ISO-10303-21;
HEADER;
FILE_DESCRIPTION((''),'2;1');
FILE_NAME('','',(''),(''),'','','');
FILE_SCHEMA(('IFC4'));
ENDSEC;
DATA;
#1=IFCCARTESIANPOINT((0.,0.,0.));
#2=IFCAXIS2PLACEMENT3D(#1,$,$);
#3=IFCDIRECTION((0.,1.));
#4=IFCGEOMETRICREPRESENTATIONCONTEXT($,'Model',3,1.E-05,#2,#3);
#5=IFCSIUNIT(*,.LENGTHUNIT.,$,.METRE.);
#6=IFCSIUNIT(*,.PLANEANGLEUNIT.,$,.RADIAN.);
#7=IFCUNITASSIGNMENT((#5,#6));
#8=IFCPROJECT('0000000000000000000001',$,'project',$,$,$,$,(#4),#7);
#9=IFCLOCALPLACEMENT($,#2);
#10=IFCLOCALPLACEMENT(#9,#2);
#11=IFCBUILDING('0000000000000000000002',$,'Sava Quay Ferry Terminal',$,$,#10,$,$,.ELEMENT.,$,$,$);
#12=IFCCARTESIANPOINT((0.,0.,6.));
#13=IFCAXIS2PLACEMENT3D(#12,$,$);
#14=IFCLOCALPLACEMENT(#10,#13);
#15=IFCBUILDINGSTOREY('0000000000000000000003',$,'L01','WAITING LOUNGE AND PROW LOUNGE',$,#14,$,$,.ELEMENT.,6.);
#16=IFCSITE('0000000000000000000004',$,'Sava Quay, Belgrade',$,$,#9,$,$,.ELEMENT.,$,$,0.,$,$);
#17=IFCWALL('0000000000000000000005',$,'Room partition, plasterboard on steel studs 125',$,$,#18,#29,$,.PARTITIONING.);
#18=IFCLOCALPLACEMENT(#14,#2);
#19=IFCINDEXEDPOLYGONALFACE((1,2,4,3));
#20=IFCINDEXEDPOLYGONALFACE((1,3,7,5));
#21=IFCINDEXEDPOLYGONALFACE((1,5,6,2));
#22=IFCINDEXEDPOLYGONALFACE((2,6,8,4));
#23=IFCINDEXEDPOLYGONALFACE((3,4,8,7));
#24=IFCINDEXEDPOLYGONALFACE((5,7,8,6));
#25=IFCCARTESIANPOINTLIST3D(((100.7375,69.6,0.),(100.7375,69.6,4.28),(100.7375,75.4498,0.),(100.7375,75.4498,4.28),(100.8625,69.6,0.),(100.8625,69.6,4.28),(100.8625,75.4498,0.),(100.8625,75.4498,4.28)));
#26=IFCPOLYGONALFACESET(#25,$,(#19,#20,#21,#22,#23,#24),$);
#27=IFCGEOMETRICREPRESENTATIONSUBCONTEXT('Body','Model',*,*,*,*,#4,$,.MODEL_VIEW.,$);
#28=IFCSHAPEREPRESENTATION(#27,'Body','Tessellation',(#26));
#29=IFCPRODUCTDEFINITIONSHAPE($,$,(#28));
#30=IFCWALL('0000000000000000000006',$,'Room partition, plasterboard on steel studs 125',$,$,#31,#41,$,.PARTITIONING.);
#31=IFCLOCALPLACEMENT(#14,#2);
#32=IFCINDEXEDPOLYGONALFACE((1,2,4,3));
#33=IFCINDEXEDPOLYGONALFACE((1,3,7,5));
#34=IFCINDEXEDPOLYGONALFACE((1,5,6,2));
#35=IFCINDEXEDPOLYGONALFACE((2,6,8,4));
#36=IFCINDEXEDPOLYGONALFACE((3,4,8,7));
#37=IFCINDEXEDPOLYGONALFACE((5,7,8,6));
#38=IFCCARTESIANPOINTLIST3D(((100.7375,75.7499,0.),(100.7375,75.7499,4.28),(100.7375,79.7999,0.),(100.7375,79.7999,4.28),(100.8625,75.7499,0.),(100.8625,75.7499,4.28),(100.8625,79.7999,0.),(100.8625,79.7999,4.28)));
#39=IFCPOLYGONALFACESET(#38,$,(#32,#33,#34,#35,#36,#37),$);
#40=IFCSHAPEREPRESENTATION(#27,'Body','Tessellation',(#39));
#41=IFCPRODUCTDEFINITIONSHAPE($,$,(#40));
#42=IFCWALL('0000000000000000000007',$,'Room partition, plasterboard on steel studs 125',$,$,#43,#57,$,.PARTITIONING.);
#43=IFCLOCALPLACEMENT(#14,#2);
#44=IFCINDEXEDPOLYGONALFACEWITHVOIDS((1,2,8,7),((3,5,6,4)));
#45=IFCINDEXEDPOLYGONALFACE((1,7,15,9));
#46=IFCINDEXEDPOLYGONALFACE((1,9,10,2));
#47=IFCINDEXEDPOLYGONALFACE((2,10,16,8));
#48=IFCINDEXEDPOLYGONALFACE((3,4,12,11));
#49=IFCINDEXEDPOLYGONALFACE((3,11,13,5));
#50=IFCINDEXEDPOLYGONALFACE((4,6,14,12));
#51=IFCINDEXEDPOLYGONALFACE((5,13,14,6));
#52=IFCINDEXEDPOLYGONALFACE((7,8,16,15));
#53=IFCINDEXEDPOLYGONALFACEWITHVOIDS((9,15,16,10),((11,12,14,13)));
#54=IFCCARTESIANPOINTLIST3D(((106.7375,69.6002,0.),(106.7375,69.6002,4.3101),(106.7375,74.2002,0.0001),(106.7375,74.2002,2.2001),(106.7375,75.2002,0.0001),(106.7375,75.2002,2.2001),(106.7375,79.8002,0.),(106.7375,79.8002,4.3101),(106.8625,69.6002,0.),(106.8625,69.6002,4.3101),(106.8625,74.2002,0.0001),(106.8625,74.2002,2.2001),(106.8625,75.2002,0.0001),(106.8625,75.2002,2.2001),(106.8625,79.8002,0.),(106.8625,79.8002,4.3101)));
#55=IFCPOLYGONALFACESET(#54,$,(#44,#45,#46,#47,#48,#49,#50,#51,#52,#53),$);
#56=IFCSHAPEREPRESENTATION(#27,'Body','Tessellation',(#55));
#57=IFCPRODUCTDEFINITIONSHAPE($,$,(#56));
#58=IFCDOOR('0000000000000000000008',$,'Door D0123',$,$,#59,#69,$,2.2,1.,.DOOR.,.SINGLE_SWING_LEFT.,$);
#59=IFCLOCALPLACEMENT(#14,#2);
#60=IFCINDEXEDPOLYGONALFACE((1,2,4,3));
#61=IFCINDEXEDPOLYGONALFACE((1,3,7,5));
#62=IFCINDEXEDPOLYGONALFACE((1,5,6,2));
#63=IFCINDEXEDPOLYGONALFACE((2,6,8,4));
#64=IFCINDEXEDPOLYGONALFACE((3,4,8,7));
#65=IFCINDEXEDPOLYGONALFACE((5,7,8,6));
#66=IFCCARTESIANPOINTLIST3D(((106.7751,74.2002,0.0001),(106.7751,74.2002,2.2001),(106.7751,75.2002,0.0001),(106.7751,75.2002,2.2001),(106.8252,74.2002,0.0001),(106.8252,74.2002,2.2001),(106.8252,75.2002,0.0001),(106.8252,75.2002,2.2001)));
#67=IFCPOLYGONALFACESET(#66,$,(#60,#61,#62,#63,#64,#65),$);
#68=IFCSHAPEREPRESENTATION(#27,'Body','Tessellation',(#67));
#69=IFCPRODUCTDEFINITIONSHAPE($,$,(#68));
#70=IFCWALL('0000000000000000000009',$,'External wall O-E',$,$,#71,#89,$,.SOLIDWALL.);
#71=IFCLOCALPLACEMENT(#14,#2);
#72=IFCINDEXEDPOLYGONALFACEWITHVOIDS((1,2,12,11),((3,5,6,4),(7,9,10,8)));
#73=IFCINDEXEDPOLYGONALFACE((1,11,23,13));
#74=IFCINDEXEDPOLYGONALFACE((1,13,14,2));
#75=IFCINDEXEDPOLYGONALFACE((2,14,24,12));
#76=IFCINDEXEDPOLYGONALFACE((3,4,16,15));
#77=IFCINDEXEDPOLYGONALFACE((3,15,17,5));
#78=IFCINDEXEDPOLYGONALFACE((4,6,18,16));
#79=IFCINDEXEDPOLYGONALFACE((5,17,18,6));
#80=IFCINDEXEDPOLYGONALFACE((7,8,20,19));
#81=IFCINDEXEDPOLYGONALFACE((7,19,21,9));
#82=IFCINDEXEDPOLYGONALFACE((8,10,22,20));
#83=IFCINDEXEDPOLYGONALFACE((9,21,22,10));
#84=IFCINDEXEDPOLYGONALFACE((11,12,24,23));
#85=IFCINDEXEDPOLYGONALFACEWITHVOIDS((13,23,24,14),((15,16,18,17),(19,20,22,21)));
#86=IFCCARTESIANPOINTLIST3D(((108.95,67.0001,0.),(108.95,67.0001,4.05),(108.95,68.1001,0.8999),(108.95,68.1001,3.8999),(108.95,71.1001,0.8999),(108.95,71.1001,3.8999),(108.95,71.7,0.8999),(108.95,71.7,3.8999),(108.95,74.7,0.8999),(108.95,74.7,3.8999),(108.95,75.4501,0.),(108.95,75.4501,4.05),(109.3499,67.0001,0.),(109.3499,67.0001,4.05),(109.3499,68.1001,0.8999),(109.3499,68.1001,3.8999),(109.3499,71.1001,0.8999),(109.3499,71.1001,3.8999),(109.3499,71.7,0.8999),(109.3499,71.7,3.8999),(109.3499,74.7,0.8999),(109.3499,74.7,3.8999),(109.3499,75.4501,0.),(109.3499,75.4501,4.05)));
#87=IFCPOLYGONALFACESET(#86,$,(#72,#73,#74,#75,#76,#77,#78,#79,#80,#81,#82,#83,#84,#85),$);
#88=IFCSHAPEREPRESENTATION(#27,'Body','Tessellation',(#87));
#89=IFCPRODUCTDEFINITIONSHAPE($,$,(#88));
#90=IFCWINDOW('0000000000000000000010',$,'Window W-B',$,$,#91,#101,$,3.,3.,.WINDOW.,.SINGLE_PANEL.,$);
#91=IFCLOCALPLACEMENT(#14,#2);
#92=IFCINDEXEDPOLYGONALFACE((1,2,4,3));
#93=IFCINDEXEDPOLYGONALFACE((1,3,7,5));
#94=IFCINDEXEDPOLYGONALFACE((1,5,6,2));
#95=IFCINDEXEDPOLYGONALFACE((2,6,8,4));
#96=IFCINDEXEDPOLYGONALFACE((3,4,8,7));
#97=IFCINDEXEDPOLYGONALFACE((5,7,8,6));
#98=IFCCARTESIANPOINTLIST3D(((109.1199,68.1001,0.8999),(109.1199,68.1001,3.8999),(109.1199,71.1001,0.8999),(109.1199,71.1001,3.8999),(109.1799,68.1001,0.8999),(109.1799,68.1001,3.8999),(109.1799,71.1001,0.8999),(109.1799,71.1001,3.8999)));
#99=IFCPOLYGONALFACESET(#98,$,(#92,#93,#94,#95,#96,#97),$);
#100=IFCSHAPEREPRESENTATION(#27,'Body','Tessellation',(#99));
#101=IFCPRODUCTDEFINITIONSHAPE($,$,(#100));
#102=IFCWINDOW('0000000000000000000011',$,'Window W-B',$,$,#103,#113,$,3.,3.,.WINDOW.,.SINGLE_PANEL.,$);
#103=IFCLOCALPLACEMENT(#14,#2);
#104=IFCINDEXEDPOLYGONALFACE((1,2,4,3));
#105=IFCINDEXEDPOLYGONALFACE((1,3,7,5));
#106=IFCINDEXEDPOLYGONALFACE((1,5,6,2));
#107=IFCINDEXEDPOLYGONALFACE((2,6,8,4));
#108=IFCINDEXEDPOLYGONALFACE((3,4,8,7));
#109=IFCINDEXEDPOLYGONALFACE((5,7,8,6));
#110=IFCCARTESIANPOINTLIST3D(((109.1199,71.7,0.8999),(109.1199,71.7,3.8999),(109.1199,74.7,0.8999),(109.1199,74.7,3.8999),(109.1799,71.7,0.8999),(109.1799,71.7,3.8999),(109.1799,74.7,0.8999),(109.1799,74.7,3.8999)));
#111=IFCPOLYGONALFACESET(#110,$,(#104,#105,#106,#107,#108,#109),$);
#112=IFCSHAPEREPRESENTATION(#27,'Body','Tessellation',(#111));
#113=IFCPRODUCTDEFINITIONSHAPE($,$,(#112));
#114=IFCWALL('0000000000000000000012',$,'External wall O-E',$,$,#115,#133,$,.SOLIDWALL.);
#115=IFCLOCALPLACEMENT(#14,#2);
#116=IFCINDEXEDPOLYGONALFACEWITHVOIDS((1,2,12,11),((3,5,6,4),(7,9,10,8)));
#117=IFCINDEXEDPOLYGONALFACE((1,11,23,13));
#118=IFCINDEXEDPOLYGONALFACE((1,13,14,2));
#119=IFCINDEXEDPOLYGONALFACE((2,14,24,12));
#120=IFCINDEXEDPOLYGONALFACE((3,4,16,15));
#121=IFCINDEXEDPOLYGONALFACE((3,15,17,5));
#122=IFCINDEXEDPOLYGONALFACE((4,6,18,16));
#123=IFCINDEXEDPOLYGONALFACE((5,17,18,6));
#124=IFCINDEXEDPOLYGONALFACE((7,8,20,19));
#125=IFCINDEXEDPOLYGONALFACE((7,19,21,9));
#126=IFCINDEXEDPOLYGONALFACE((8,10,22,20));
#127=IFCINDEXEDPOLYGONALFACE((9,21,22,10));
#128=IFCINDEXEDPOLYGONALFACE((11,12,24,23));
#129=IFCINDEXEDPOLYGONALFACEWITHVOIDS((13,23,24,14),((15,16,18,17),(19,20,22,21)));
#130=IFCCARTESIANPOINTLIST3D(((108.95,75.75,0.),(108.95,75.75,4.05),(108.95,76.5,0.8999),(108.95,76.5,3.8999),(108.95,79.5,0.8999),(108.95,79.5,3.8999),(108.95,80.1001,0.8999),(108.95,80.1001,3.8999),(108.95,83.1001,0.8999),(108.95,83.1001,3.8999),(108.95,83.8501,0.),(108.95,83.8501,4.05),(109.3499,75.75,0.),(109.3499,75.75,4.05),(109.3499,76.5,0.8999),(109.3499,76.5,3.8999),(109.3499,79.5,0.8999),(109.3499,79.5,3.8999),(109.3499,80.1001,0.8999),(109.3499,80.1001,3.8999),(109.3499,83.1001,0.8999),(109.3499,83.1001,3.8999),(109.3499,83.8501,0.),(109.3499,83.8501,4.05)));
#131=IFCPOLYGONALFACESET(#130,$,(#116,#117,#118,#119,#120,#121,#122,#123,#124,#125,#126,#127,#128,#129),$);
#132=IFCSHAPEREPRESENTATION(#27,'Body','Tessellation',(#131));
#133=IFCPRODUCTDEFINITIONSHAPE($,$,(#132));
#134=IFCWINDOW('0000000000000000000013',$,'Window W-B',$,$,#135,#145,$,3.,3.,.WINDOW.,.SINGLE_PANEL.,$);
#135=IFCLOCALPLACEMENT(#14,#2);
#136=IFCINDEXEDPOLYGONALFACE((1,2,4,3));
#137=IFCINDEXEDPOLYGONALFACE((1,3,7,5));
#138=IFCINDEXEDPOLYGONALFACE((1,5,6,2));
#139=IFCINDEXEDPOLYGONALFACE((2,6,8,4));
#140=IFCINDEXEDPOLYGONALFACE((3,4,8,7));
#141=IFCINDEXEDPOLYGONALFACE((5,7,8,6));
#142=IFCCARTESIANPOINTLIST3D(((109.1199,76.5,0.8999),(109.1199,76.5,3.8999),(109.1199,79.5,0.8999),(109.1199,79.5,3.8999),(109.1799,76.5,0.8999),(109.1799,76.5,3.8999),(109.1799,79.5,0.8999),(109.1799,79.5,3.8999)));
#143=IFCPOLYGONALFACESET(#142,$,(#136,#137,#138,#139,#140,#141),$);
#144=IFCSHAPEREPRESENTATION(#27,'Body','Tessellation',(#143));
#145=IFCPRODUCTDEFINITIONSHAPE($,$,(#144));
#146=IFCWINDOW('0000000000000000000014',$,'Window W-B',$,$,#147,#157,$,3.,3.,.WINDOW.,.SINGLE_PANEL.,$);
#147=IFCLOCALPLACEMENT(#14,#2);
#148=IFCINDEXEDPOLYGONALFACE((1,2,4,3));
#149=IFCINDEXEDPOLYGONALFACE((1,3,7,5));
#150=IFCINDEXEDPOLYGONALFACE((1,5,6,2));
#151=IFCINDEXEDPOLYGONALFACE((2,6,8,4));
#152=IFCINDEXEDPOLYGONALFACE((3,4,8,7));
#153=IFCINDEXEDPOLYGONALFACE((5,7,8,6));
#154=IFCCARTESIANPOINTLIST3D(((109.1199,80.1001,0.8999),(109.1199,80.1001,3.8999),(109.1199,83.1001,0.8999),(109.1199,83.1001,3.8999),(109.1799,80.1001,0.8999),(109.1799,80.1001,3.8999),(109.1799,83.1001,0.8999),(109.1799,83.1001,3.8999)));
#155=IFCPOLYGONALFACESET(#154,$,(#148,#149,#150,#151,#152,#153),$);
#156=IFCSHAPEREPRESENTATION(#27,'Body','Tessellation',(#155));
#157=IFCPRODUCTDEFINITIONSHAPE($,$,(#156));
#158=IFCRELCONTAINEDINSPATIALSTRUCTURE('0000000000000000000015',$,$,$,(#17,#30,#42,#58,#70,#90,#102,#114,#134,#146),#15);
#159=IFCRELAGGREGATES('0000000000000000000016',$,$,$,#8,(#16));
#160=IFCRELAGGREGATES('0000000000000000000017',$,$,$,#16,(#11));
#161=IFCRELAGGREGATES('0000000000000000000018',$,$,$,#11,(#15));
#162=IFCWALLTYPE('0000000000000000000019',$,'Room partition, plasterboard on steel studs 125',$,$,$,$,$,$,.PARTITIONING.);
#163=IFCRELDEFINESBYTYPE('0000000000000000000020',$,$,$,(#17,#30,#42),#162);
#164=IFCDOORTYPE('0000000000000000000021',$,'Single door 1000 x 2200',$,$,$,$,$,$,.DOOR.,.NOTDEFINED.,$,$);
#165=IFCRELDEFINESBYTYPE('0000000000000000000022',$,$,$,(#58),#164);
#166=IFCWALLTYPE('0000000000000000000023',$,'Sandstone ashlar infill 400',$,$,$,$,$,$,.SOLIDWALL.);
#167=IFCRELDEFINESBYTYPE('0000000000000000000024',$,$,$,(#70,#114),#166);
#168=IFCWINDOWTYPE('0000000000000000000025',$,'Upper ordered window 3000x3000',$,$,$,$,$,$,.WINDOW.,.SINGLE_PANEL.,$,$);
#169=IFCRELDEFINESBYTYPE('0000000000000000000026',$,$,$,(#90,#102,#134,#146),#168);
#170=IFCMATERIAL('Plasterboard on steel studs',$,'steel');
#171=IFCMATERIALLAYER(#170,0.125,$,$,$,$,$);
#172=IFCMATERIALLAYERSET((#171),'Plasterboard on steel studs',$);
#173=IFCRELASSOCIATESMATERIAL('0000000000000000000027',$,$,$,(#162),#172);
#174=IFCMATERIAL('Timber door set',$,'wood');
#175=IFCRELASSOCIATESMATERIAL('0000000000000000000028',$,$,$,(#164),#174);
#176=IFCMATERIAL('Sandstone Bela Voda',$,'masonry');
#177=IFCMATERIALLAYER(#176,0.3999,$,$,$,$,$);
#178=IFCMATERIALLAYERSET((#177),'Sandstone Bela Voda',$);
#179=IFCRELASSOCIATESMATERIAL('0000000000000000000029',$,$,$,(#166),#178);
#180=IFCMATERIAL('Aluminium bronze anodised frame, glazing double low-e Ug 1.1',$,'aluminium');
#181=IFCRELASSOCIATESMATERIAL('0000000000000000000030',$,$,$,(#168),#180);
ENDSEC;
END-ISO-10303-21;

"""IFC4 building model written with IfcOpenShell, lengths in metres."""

from ifc_helpers import new_model, si_unit, direction, frame, frame_2d, origin, place, context, subcontext, project, spatial, rectangle, extrude, material, layer, layer_set, type_object, element, fill, save


model = new_model("IFC4")

# Units and contexts
model_context = context("Model", 3, precision=1e-05, world=origin(), true_north=direction((0.0, 1.0)))
body_context = subcontext(model_context, "Body", "Model", "MODEL_VIEW")
ifc_project = project(units=[si_unit("LENGTHUNIT", "METRE"), si_unit("PLANEANGLEUNIT", "RADIAN")], contexts=[model_context])

# Site, building, storey
site_placement = place(None, origin())
site = spatial("IfcSite", under=ifc_project, at=site_placement, Name="Sava Quay, Belgrade", CompositionType="ELEMENT", RefElevation=0.0)
building_placement = place(site_placement, origin())
building = spatial("IfcBuilding", under=site, at=building_placement, Name="Sava Quay Ferry Terminal", CompositionType="ELEMENT")
storey_placement = place(building_placement, frame((0.0, 0.0, 6.0)))
storey = spatial("IfcBuildingStorey", under=building, at=storey_placement, Name="L01", Description="WAITING LOUNGE AND PROW LOUNGE", CompositionType="ELEMENT", Elevation=6.0)

# Walls
ifc_material_1 = material(Name="Plasterboard on steel studs", Category="steel")
ifc_layer_1 = layer(ifc_material_1, 0.125)
ifc_layer_set_1 = layer_set([ifc_layer_1], Name="Plasterboard on steel studs")
wall_type_1 = type_object("IfcWallType", Name="Room partition, plasterboard on steel studs 125", PredefinedType="PARTITIONING", material=ifc_layer_set_1)
wall_1_placement = place(storey_placement, frame((100.8, 69.6001, 0.0), z_axis=(0.0, 0.0, 1.0), x_axis=(0.0, 1.0, 0.0)))
element("IfcWall", 1, at=wall_1_placement, inside=storey, type_object=wall_type_1, Name="Room partition, plasterboard on steel studs 125", PredefinedType="PARTITIONING", context=body_context, shape_type="SweptSolid", body=[
    extrude(rectangle(XDim=5.8499, YDim=0.125, at=frame_2d((2.9248, 0.0))), origin(), (0.0, 0.0, 1.0), 4.28),
])
wall_2_placement = place(storey_placement, frame((100.8, 75.75, 0.0), z_axis=(0.0, 0.0, 1.0), x_axis=(0.0, 1.0, 0.0)))
element("IfcWall", 2, at=wall_2_placement, inside=storey, type_object=wall_type_1, Name="Room partition, plasterboard on steel studs 125", PredefinedType="PARTITIONING", context=body_context, shape_type="SweptSolid", body=[
    extrude(rectangle(XDim=4.05, YDim=0.125, at=frame_2d((2.0249, 0.0))), origin(), (0.0, 0.0, 1.0), 4.28),
])

# Wall, opening, door
wall_3_placement = place(storey_placement, frame((106.8, 69.6001, 0.0), z_axis=(0.0, 0.0, 1.0), x_axis=(0.0, 1.0, 0.0)))
wall_3 = element("IfcWall", 3, at=wall_3_placement, inside=storey, type_object=wall_type_1, Name="Room partition, plasterboard on steel studs 125", PredefinedType="PARTITIONING", context=body_context, shape_type="SweptSolid", body=[
    extrude(rectangle(XDim=10.2, YDim=0.125, at=frame_2d((5.1001, 0.0))), origin(), (0.0, 0.0, 1.0), 4.3101),
])
opening_1_placement = place(wall_3_placement, frame((4.6001, 0.0, 0.0)))
opening_1 = element("IfcOpeningElement", 4, at=opening_1_placement, cuts=wall_3, PredefinedType="OPENING", context=body_context, shape_type="SweptSolid", body=[
    extrude(rectangle(XDim=1.0, YDim=2.2, at=frame_2d((0.5, 1.1001))), frame((0.0, 0.0625, 0.0), z_axis=(0.0, -1.0, 0.0), x_axis=(1.0, 0.0, 0.0)), (0.0, 0.0, 1.0), 0.125),
])
ifc_material_2 = material(Name="Timber door set", Category="wood")
door_type_1 = type_object("IfcDoorType", Name="Single door 1000 x 2200", OperationType="NOTDEFINED", PredefinedType="DOOR", material=ifc_material_2)
door_1_placement = place(opening_1_placement, origin())
door_1 = element("IfcDoor", 5, at=door_1_placement, inside=storey, type_object=door_type_1, Name="Door D0123", OperationType="SINGLE_SWING_LEFT", OverallHeight=2.2, OverallWidth=1.0, PredefinedType="DOOR", context=body_context, shape_type="SweptSolid", body=[
    extrude(rectangle(XDim=1.0, YDim=2.2, at=frame_2d((0.5, 1.1001))), frame((0.0, 0.0249, 0.0), z_axis=(0.0, -1.0, 0.0), x_axis=(1.0, 0.0, 0.0)), (0.0, 0.0, 1.0), 0.05),
])
fill(opening_1, door_1)

# Walls, openings, windows
ifc_material_3 = material(Name="Sandstone Bela Voda", Category="masonry")
ifc_layer_2 = layer(ifc_material_3, 0.3999)
ifc_layer_set_2 = layer_set([ifc_layer_2], Name="Sandstone Bela Voda")
wall_type_2 = type_object("IfcWallType", Name="Sandstone ashlar infill 400", PredefinedType="SOLIDWALL", material=ifc_layer_set_2)
wall_4_placement = place(storey_placement, frame((109.1499, 67.0, 0.0), z_axis=(0.0, 0.0, 1.0), x_axis=(0.0, 1.0, 0.0)))
wall_4 = element("IfcWall", 6, at=wall_4_placement, inside=storey, type_object=wall_type_2, Name="External wall O-E", PredefinedType="SOLIDWALL", context=body_context, shape_type="SweptSolid", body=[
    extrude(rectangle(XDim=8.45, YDim=0.3999, at=frame_2d((4.2251, 0.0))), origin(), (0.0, 0.0, 1.0), 4.05),
])
opening_2_placement = place(wall_4_placement, frame((1.1001, 0.0, 0.8999)))
opening_2 = element("IfcOpeningElement", 7, at=opening_2_placement, cuts=wall_4, PredefinedType="OPENING", context=body_context, shape_type="SweptSolid", body=[
    extrude(rectangle(XDim=3.0, YDim=3.0, at=frame_2d((1.5, 1.5))), frame((0.0, 0.2, 0.0), z_axis=(0.0, -1.0, 0.0), x_axis=(1.0, 0.0, 0.0)), (0.0, 0.0, 1.0), 0.3999),
])
opening_3_placement = place(wall_4_placement, frame((4.7, 0.0, 0.8999)))
opening_3 = element("IfcOpeningElement", 8, at=opening_3_placement, cuts=wall_4, PredefinedType="OPENING", context=body_context, shape_type="SweptSolid", body=[
    extrude(rectangle(XDim=3.0, YDim=3.0, at=frame_2d((1.5, 1.5))), frame((0.0, 0.2, 0.0), z_axis=(0.0, -1.0, 0.0), x_axis=(1.0, 0.0, 0.0)), (0.0, 0.0, 1.0), 0.3999),
])
ifc_material_4 = material(Name="Aluminium bronze anodised frame, glazing double low-e Ug 1.1", Category="aluminium")
window_type = type_object("IfcWindowType", Name="Upper ordered window 3000x3000", PartitioningType="SINGLE_PANEL", PredefinedType="WINDOW", material=ifc_material_4)
window_1_placement = place(opening_2_placement, origin())
window_1 = element("IfcWindow", 9, at=window_1_placement, inside=storey, type_object=window_type, Name="Window W-B", OverallHeight=3.0, OverallWidth=3.0, PartitioningType="SINGLE_PANEL", PredefinedType="WINDOW", context=body_context, shape_type="SweptSolid", body=[
    extrude(rectangle(XDim=3.0, YDim=3.0, at=frame_2d((1.5, 1.5))), frame((0.0, 0.03, 0.0), z_axis=(0.0, -1.0, 0.0), x_axis=(1.0, 0.0, 0.0)), (0.0, 0.0, 1.0), 0.0601),
])
fill(opening_2, window_1)
window_2_placement = place(opening_3_placement, origin())
window_2 = element("IfcWindow", 10, at=window_2_placement, inside=storey, type_object=window_type, Name="Window W-B", OverallHeight=3.0, OverallWidth=3.0, PartitioningType="SINGLE_PANEL", PredefinedType="WINDOW", context=body_context, shape_type="SweptSolid", body=[
    extrude(rectangle(XDim=3.0, YDim=3.0, at=frame_2d((1.5, 1.5))), frame((0.0, 0.03, 0.0), z_axis=(0.0, -1.0, 0.0), x_axis=(1.0, 0.0, 0.0)), (0.0, 0.0, 1.0), 0.0601),
])
fill(opening_3, window_2)
wall_5_placement = place(storey_placement, frame((109.1499, 75.75, 0.0), z_axis=(0.0, 0.0, 1.0), x_axis=(0.0, 1.0, 0.0)))
wall_5 = element("IfcWall", 11, at=wall_5_placement, inside=storey, type_object=wall_type_2, Name="External wall O-E", PredefinedType="SOLIDWALL", context=body_context, shape_type="SweptSolid", body=[
    extrude(rectangle(XDim=8.1001, YDim=0.3999, at=frame_2d((4.05, 0.0))), origin(), (0.0, 0.0, 1.0), 4.05),
])
opening_4_placement = place(wall_5_placement, frame((0.75, 0.0, 0.8999)))
opening_4 = element("IfcOpeningElement", 12, at=opening_4_placement, cuts=wall_5, PredefinedType="OPENING", context=body_context, shape_type="SweptSolid", body=[
    extrude(rectangle(XDim=3.0, YDim=3.0, at=frame_2d((1.5, 1.5))), frame((0.0, 0.2, 0.0), z_axis=(0.0, -1.0, 0.0), x_axis=(1.0, 0.0, 0.0)), (0.0, 0.0, 1.0), 0.3999),
])
opening_5_placement = place(wall_5_placement, frame((4.3501, 0.0, 0.8999)))
opening_5 = element("IfcOpeningElement", 13, at=opening_5_placement, cuts=wall_5, PredefinedType="OPENING", context=body_context, shape_type="SweptSolid", body=[
    extrude(rectangle(XDim=3.0, YDim=3.0, at=frame_2d((1.5, 1.5))), frame((0.0, 0.2, 0.0), z_axis=(0.0, -1.0, 0.0), x_axis=(1.0, 0.0, 0.0)), (0.0, 0.0, 1.0), 0.3999),
])
window_3_placement = place(opening_4_placement, origin())
window_3 = element("IfcWindow", 14, at=window_3_placement, inside=storey, type_object=window_type, Name="Window W-B", OverallHeight=3.0, OverallWidth=3.0, PartitioningType="SINGLE_PANEL", PredefinedType="WINDOW", context=body_context, shape_type="SweptSolid", body=[
    extrude(rectangle(XDim=3.0, YDim=3.0, at=frame_2d((1.5, 1.5))), frame((0.0, 0.03, 0.0), z_axis=(0.0, -1.0, 0.0), x_axis=(1.0, 0.0, 0.0)), (0.0, 0.0, 1.0), 0.0601),
])
fill(opening_4, window_3)
window_4_placement = place(opening_5_placement, origin())
window_4 = element("IfcWindow", 15, at=window_4_placement, inside=storey, type_object=window_type, Name="Window W-B", OverallHeight=3.0, OverallWidth=3.0, PartitioningType="SINGLE_PANEL", PredefinedType="WINDOW", context=body_context, shape_type="SweptSolid", body=[
    extrude(rectangle(XDim=3.0, YDim=3.0, at=frame_2d((1.5, 1.5))), frame((0.0, 0.03, 0.0), z_axis=(0.0, -1.0, 0.0), x_axis=(1.0, 0.0, 0.0)), (0.0, 0.0, 1.0), 0.0601),
])
fill(opening_5, window_4)

save(model, "model.ifc")
